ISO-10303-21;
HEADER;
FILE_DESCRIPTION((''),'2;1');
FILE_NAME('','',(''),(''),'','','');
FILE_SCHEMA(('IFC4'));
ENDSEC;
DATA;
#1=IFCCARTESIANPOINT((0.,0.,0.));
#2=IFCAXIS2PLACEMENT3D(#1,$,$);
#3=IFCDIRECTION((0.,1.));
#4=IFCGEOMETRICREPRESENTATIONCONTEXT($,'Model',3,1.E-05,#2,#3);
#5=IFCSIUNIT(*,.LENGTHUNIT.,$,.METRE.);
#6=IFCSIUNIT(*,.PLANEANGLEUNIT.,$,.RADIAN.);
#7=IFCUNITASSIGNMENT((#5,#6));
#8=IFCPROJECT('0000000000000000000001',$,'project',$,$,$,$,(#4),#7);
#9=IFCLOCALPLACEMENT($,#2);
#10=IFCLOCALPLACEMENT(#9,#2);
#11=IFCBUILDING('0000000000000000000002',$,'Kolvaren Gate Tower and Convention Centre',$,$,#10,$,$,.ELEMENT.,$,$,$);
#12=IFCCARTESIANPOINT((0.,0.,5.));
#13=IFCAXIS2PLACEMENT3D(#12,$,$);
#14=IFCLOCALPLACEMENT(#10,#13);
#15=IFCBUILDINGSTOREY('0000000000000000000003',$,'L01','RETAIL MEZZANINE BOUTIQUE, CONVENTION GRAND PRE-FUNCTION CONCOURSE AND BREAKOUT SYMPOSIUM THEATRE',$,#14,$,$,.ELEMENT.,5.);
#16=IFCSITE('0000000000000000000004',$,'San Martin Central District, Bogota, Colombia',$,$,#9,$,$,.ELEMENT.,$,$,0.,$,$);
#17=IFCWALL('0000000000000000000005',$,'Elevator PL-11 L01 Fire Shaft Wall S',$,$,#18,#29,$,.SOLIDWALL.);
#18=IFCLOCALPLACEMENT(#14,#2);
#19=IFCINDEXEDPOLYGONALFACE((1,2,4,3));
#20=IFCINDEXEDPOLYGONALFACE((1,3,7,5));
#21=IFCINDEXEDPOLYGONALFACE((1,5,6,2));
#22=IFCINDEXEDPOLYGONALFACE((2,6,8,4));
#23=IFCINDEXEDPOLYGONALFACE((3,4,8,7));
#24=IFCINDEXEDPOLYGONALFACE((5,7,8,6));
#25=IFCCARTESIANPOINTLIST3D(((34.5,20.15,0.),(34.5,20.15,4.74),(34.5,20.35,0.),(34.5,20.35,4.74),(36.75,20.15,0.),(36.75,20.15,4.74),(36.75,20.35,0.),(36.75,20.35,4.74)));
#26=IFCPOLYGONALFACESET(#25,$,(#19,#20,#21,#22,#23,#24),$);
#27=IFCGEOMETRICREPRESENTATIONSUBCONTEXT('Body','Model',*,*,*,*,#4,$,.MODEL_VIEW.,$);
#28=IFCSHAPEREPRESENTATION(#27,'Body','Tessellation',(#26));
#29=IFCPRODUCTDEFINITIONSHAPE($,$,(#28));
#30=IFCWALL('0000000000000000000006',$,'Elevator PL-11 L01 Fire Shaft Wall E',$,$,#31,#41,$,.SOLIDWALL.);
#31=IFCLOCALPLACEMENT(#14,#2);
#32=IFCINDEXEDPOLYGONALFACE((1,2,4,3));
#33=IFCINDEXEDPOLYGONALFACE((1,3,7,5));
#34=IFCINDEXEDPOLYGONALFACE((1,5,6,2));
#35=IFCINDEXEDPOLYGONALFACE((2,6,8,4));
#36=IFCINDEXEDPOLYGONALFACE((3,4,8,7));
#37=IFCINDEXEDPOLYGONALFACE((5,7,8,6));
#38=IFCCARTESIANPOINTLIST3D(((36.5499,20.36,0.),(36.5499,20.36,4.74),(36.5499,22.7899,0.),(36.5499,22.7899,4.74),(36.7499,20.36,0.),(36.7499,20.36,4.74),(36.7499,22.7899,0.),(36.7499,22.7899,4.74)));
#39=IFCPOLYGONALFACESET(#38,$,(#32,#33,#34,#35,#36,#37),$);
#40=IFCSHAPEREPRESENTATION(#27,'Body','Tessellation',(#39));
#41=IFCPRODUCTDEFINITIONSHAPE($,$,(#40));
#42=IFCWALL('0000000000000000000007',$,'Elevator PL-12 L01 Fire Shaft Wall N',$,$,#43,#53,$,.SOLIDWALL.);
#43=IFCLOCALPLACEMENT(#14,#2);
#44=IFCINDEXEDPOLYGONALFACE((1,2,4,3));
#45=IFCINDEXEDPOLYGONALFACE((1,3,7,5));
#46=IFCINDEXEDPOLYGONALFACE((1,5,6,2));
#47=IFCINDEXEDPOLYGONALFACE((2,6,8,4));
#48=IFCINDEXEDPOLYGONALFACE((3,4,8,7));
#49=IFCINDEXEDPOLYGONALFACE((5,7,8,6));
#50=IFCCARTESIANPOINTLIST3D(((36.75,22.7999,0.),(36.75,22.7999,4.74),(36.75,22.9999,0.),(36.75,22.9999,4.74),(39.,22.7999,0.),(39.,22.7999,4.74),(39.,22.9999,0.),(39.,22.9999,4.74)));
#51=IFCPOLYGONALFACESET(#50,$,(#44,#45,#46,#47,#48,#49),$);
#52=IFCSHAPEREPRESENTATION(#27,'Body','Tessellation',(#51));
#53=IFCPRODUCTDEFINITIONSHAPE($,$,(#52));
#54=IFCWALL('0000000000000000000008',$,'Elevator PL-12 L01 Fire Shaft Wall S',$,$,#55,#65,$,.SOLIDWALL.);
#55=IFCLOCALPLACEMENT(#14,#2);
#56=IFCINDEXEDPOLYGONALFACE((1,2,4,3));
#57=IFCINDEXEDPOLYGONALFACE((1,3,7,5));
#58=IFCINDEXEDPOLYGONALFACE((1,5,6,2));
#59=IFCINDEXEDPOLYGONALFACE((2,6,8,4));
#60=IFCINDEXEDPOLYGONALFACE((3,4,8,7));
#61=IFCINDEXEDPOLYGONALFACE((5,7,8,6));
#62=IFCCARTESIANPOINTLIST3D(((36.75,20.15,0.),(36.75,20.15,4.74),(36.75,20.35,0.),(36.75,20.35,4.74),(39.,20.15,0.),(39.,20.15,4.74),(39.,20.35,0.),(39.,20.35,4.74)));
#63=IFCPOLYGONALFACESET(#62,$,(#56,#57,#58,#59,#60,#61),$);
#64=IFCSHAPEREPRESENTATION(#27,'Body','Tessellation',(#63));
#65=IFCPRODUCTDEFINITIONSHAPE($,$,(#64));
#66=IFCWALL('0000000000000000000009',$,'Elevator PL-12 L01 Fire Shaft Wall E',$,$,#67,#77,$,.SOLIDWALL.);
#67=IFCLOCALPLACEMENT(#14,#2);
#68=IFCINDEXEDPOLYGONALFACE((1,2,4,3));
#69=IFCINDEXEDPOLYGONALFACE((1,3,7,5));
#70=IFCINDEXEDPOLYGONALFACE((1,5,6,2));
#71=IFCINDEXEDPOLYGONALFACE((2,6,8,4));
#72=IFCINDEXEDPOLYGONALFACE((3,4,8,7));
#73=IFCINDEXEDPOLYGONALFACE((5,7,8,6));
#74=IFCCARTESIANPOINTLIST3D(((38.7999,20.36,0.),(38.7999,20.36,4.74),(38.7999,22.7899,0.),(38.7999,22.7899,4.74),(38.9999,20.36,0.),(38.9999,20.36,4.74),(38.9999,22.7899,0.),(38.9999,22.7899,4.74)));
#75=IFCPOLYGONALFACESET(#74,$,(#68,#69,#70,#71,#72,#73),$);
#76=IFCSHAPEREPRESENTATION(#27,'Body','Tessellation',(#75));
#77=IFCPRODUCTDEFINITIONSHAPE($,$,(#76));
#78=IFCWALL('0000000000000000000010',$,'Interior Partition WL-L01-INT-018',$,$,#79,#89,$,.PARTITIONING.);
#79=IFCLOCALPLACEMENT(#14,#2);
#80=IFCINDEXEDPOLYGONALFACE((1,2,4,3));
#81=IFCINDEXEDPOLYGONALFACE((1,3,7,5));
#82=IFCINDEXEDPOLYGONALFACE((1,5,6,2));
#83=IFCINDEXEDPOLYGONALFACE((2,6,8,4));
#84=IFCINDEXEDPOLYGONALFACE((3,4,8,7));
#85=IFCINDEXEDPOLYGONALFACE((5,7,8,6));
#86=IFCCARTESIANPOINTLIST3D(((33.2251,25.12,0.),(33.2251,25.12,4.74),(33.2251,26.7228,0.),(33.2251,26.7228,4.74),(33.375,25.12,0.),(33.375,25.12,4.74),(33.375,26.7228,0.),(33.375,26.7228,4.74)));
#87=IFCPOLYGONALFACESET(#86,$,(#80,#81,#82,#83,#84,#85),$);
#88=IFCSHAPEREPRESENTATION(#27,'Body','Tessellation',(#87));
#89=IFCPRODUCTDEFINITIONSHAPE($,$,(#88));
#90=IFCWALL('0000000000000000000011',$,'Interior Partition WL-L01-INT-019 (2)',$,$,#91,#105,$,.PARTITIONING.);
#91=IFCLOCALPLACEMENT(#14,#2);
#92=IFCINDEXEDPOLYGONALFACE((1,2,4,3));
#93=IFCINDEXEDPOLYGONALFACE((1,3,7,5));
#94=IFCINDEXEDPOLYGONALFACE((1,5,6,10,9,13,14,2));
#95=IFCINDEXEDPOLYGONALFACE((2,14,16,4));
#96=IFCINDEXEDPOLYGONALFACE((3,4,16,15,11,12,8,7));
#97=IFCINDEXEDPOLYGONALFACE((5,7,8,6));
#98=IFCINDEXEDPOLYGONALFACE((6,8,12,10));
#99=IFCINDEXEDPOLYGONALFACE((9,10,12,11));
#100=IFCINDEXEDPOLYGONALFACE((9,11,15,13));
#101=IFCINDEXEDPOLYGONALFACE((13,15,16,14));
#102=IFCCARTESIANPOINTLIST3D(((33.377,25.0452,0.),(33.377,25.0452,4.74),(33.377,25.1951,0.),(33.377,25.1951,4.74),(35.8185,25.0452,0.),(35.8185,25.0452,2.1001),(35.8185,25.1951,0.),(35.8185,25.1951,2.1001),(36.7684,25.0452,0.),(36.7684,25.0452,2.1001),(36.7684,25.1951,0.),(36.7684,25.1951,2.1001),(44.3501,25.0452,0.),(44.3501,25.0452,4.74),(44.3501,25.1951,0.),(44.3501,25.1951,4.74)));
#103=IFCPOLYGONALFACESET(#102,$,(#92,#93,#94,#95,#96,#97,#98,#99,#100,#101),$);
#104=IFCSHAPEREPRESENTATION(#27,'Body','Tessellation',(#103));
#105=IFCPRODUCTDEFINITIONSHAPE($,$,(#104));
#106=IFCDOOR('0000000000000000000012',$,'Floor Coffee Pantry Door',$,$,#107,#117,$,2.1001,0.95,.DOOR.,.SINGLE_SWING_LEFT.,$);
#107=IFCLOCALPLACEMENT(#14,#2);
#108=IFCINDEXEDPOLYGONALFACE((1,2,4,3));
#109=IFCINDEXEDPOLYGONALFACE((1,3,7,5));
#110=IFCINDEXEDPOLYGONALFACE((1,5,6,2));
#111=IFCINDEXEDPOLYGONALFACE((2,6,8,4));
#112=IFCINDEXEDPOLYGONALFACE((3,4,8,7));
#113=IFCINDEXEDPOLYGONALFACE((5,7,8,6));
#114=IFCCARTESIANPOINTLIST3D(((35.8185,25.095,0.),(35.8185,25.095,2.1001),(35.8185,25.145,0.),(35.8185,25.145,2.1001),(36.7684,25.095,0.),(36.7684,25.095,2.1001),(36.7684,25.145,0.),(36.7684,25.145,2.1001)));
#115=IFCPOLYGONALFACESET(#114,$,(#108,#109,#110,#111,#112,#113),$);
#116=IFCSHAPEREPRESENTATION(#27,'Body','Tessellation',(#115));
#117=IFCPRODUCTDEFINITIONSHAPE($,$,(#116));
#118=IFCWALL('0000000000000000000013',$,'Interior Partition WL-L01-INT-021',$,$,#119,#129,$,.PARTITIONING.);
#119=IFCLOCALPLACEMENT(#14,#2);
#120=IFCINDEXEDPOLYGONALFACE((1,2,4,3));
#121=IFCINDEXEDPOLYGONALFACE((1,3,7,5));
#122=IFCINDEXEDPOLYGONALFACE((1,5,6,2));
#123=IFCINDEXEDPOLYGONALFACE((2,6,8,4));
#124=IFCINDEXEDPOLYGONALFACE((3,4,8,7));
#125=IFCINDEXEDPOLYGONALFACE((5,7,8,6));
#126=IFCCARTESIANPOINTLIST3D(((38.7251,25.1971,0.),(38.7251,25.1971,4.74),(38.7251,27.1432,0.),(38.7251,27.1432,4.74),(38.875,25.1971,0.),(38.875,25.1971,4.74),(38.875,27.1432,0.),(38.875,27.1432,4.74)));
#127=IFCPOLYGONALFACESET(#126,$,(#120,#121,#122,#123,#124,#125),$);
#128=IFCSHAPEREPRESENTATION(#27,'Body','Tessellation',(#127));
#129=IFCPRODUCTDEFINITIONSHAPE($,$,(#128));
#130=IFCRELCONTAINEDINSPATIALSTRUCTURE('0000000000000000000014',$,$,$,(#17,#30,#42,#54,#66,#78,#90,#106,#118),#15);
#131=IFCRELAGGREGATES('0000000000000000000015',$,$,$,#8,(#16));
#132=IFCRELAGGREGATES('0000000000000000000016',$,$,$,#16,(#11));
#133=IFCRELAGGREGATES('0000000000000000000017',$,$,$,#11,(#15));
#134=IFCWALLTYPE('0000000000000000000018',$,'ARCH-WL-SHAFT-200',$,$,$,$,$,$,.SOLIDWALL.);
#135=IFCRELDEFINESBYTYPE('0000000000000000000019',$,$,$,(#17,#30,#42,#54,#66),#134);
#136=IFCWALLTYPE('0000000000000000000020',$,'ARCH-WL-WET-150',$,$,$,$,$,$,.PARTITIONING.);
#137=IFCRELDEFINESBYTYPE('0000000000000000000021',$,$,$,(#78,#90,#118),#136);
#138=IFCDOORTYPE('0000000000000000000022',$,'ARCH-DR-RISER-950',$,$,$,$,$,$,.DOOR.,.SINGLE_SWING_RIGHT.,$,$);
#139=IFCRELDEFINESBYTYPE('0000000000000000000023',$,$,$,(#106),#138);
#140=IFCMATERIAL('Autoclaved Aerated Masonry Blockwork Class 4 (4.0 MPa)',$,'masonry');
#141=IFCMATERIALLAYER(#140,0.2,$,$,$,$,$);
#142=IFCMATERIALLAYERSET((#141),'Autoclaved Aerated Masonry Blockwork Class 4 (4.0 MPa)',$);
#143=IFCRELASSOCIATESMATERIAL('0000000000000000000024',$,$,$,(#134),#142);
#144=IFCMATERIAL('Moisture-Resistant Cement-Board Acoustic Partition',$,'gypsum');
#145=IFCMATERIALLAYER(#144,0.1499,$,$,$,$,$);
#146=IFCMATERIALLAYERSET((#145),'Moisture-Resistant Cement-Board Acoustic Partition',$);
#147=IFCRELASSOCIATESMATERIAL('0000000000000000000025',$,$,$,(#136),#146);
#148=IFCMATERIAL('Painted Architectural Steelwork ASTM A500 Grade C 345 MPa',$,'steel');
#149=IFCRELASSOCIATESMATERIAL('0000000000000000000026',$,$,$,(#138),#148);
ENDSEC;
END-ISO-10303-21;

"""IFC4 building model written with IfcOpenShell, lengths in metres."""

from ifc_helpers import new_model, si_unit, direction, frame, frame_2d, origin, place, context, subcontext, project, spatial, rectangle, extrude, material, layer, layer_set, type_object, element, fill, save


model = new_model("IFC4")

# Units and contexts
model_context = context("Model", 3, precision=1e-05, world=origin(), true_north=direction((0.0, 1.0)))
body_context = subcontext(model_context, "Body", "Model", "MODEL_VIEW")
ifc_project = project(units=[si_unit("LENGTHUNIT", "METRE"), si_unit("PLANEANGLEUNIT", "RADIAN")], contexts=[model_context])

# Site, building, storey
site_placement = place(None, origin())
site = spatial("IfcSite", under=ifc_project, at=site_placement, Name="San Martin Central District, Bogota, Colombia", CompositionType="ELEMENT", RefElevation=0.0)
building_placement = place(site_placement, origin())
building = spatial("IfcBuilding", under=site, at=building_placement, Name="Kolvaren Gate Tower and Convention Centre", CompositionType="ELEMENT")
storey_placement = place(building_placement, frame((0.0, 0.0, 5.0)))
storey = spatial("IfcBuildingStorey", under=building, at=storey_placement, Name="L01", Description="RETAIL MEZZANINE BOUTIQUE, CONVENTION GRAND PRE-FUNCTION CONCOURSE AND BREAKOUT SYMPOSIUM THEATRE", CompositionType="ELEMENT", Elevation=5.0)

# Walls
ifc_material_1 = material(Name="Autoclaved Aerated Masonry Blockwork Class 4 (4.0 MPa)", Category="masonry")
ifc_layer_1 = layer(ifc_material_1, 0.2)
ifc_layer_set_1 = layer_set([ifc_layer_1], Name="Autoclaved Aerated Masonry Blockwork Class 4 (4.0 MPa)")
wall_type_1 = type_object("IfcWallType", Name="ARCH-WL-SHAFT-200", PredefinedType="SOLIDWALL", material=ifc_layer_set_1)
for number, where, z_axis, x_axis, name in (
    (1, (34.5, 20.25, 0.0), (0.0, 0.0, 1.0), (1.0, 0.0, 0.0), "Elevator PL-11 L01 Fire Shaft Wall S"),
):
    element("IfcWall", number, at=place(storey_placement, frame(where, z_axis=z_axis, x_axis=x_axis)), inside=storey, type_object=wall_type_1, Name=name, PredefinedType="SOLIDWALL", context=body_context, shape_type="SweptSolid", body=[
        extrude(rectangle(XDim=2.25, YDim=0.2, at=frame_2d((1.125, 0.0))), origin(), (0.0, 0.0, 1.0), 4.74),
    ])
wall_1_placement = place(storey_placement, frame((36.6499, 20.3601, 0.0), z_axis=(0.0, 0.0, 1.0), x_axis=(0.0, 1.0, 0.0)))
element("IfcWall", 2, at=wall_1_placement, inside=storey, type_object=wall_type_1, Name="Elevator PL-11 L01 Fire Shaft Wall E", PredefinedType="SOLIDWALL", context=body_context, shape_type="SweptSolid", body=[
    extrude(rectangle(XDim=2.4299, YDim=0.2, at=frame_2d((1.2148, 0.0))), origin(), (0.0, 0.0, 1.0), 4.74),
])
for number, where, z_axis, x_axis, name in (
    (3, (36.75, 22.8999, 0.0), (0.0, 0.0, 1.0), (1.0, 0.0, 0.0), "Elevator PL-12 L01 Fire Shaft Wall N"),
    (4, (36.75, 20.25, 0.0), (0.0, 0.0, 1.0), (1.0, 0.0, 0.0), "Elevator PL-12 L01 Fire Shaft Wall S"),
):
    element("IfcWall", number, at=place(storey_placement, frame(where, z_axis=z_axis, x_axis=x_axis)), inside=storey, type_object=wall_type_1, Name=name, PredefinedType="SOLIDWALL", context=body_context, shape_type="SweptSolid", body=[
        extrude(rectangle(XDim=2.25, YDim=0.2, at=frame_2d((1.125, 0.0))), origin(), (0.0, 0.0, 1.0), 4.74),
    ])
wall_2_placement = place(storey_placement, frame((38.8999, 20.3601, 0.0), z_axis=(0.0, 0.0, 1.0), x_axis=(0.0, 1.0, 0.0)))
element("IfcWall", 5, at=wall_2_placement, inside=storey, type_object=wall_type_1, Name="Elevator PL-12 L01 Fire Shaft Wall E", PredefinedType="SOLIDWALL", context=body_context, shape_type="SweptSolid", body=[
    extrude(rectangle(XDim=2.4299, YDim=0.2, at=frame_2d((1.2148, 0.0))), origin(), (0.0, 0.0, 1.0), 4.74),
])
ifc_material_2 = material(Name="Moisture-Resistant Cement-Board Acoustic Partition", Category="gypsum")
ifc_layer_2 = layer(ifc_material_2, 0.1499)
ifc_layer_set_2 = layer_set([ifc_layer_2], Name="Moisture-Resistant Cement-Board Acoustic Partition")
wall_type_2 = type_object("IfcWallType", Name="ARCH-WL-WET-150", PredefinedType="PARTITIONING", material=ifc_layer_set_2)
wall_3_placement = place(storey_placement, frame((33.3, 25.1201, 0.0), z_axis=(0.0, 0.0, 1.0), x_axis=(0.0, 1.0, 0.0)))
element("IfcWall", 6, at=wall_3_placement, inside=storey, type_object=wall_type_2, Name="Interior Partition WL-L01-INT-018", PredefinedType="PARTITIONING", context=body_context, shape_type="SweptSolid", body=[
    extrude(rectangle(XDim=1.6028, YDim=0.1499, at=frame_2d((0.8013, 0.0))), origin(), (0.0, 0.0, 1.0), 4.74),
])

# Wall, opening, door
wall_4_placement = place(storey_placement, frame((33.377, 25.1201, 0.0), z_axis=(0.0, 0.0, 1.0), x_axis=(1.0, 0.0, 0.0)))
wall_4 = element("IfcWall", 7, at=wall_4_placement, inside=storey, type_object=wall_type_2, Name="Interior Partition WL-L01-INT-019 (2)", PredefinedType="PARTITIONING", context=body_context, shape_type="SweptSolid", body=[
    extrude(rectangle(XDim=10.9731, YDim=0.1499, at=frame_2d((5.4866, 0.0))), origin(), (0.0, 0.0, 1.0), 4.74),
])
opening_placement = place(wall_4_placement, frame((2.4414, 0.0, 0.0)))
opening = element("IfcOpeningElement", 8, at=opening_placement, cuts=wall_4, PredefinedType="OPENING", context=body_context, shape_type="SweptSolid", body=[
    extrude(rectangle(XDim=0.95, YDim=2.1001, at=frame_2d((0.4751, 1.05))), frame((0.0, 0.085, 0.0), z_axis=(0.0, -1.0, 0.0), x_axis=(1.0, 0.0, 0.0)), (0.0, 0.0, 1.0), 0.1699),
])
ifc_material_3 = material(Name="Painted Architectural Steelwork ASTM A500 Grade C 345 MPa", Category="steel")
door_type = type_object("IfcDoorType", Name="ARCH-DR-RISER-950", OperationType="SINGLE_SWING_RIGHT", PredefinedType="DOOR", material=ifc_material_3)
door_placement = place(opening_placement, origin())
door = element("IfcDoor", 9, at=door_placement, inside=storey, type_object=door_type, Name="Floor Coffee Pantry Door", OperationType="SINGLE_SWING_LEFT", OverallHeight=2.1001, OverallWidth=0.95, PredefinedType="DOOR", context=body_context, shape_type="SweptSolid", body=[
    extrude(rectangle(XDim=0.95, YDim=2.1001, at=frame_2d((0.4751, 1.05))), frame((0.0, 0.0249, 0.0), z_axis=(0.0, -1.0, 0.0), x_axis=(1.0, 0.0, 0.0)), (0.0, 0.0, 1.0), 0.05),
])
fill(opening, door)

# Wall
wall_5_placement = place(storey_placement, frame((38.8, 25.197, 0.0), z_axis=(0.0, 0.0, 1.0), x_axis=(0.0, 1.0, 0.0)))
element("IfcWall", 10, at=wall_5_placement, inside=storey, type_object=wall_type_2, Name="Interior Partition WL-L01-INT-021", PredefinedType="PARTITIONING", context=body_context, shape_type="SweptSolid", body=[
    extrude(rectangle(XDim=1.946, YDim=0.1499, at=frame_2d((0.9731, 0.0))), origin(), (0.0, 0.0, 1.0), 4.74),
])

save(model, "model.ifc")
